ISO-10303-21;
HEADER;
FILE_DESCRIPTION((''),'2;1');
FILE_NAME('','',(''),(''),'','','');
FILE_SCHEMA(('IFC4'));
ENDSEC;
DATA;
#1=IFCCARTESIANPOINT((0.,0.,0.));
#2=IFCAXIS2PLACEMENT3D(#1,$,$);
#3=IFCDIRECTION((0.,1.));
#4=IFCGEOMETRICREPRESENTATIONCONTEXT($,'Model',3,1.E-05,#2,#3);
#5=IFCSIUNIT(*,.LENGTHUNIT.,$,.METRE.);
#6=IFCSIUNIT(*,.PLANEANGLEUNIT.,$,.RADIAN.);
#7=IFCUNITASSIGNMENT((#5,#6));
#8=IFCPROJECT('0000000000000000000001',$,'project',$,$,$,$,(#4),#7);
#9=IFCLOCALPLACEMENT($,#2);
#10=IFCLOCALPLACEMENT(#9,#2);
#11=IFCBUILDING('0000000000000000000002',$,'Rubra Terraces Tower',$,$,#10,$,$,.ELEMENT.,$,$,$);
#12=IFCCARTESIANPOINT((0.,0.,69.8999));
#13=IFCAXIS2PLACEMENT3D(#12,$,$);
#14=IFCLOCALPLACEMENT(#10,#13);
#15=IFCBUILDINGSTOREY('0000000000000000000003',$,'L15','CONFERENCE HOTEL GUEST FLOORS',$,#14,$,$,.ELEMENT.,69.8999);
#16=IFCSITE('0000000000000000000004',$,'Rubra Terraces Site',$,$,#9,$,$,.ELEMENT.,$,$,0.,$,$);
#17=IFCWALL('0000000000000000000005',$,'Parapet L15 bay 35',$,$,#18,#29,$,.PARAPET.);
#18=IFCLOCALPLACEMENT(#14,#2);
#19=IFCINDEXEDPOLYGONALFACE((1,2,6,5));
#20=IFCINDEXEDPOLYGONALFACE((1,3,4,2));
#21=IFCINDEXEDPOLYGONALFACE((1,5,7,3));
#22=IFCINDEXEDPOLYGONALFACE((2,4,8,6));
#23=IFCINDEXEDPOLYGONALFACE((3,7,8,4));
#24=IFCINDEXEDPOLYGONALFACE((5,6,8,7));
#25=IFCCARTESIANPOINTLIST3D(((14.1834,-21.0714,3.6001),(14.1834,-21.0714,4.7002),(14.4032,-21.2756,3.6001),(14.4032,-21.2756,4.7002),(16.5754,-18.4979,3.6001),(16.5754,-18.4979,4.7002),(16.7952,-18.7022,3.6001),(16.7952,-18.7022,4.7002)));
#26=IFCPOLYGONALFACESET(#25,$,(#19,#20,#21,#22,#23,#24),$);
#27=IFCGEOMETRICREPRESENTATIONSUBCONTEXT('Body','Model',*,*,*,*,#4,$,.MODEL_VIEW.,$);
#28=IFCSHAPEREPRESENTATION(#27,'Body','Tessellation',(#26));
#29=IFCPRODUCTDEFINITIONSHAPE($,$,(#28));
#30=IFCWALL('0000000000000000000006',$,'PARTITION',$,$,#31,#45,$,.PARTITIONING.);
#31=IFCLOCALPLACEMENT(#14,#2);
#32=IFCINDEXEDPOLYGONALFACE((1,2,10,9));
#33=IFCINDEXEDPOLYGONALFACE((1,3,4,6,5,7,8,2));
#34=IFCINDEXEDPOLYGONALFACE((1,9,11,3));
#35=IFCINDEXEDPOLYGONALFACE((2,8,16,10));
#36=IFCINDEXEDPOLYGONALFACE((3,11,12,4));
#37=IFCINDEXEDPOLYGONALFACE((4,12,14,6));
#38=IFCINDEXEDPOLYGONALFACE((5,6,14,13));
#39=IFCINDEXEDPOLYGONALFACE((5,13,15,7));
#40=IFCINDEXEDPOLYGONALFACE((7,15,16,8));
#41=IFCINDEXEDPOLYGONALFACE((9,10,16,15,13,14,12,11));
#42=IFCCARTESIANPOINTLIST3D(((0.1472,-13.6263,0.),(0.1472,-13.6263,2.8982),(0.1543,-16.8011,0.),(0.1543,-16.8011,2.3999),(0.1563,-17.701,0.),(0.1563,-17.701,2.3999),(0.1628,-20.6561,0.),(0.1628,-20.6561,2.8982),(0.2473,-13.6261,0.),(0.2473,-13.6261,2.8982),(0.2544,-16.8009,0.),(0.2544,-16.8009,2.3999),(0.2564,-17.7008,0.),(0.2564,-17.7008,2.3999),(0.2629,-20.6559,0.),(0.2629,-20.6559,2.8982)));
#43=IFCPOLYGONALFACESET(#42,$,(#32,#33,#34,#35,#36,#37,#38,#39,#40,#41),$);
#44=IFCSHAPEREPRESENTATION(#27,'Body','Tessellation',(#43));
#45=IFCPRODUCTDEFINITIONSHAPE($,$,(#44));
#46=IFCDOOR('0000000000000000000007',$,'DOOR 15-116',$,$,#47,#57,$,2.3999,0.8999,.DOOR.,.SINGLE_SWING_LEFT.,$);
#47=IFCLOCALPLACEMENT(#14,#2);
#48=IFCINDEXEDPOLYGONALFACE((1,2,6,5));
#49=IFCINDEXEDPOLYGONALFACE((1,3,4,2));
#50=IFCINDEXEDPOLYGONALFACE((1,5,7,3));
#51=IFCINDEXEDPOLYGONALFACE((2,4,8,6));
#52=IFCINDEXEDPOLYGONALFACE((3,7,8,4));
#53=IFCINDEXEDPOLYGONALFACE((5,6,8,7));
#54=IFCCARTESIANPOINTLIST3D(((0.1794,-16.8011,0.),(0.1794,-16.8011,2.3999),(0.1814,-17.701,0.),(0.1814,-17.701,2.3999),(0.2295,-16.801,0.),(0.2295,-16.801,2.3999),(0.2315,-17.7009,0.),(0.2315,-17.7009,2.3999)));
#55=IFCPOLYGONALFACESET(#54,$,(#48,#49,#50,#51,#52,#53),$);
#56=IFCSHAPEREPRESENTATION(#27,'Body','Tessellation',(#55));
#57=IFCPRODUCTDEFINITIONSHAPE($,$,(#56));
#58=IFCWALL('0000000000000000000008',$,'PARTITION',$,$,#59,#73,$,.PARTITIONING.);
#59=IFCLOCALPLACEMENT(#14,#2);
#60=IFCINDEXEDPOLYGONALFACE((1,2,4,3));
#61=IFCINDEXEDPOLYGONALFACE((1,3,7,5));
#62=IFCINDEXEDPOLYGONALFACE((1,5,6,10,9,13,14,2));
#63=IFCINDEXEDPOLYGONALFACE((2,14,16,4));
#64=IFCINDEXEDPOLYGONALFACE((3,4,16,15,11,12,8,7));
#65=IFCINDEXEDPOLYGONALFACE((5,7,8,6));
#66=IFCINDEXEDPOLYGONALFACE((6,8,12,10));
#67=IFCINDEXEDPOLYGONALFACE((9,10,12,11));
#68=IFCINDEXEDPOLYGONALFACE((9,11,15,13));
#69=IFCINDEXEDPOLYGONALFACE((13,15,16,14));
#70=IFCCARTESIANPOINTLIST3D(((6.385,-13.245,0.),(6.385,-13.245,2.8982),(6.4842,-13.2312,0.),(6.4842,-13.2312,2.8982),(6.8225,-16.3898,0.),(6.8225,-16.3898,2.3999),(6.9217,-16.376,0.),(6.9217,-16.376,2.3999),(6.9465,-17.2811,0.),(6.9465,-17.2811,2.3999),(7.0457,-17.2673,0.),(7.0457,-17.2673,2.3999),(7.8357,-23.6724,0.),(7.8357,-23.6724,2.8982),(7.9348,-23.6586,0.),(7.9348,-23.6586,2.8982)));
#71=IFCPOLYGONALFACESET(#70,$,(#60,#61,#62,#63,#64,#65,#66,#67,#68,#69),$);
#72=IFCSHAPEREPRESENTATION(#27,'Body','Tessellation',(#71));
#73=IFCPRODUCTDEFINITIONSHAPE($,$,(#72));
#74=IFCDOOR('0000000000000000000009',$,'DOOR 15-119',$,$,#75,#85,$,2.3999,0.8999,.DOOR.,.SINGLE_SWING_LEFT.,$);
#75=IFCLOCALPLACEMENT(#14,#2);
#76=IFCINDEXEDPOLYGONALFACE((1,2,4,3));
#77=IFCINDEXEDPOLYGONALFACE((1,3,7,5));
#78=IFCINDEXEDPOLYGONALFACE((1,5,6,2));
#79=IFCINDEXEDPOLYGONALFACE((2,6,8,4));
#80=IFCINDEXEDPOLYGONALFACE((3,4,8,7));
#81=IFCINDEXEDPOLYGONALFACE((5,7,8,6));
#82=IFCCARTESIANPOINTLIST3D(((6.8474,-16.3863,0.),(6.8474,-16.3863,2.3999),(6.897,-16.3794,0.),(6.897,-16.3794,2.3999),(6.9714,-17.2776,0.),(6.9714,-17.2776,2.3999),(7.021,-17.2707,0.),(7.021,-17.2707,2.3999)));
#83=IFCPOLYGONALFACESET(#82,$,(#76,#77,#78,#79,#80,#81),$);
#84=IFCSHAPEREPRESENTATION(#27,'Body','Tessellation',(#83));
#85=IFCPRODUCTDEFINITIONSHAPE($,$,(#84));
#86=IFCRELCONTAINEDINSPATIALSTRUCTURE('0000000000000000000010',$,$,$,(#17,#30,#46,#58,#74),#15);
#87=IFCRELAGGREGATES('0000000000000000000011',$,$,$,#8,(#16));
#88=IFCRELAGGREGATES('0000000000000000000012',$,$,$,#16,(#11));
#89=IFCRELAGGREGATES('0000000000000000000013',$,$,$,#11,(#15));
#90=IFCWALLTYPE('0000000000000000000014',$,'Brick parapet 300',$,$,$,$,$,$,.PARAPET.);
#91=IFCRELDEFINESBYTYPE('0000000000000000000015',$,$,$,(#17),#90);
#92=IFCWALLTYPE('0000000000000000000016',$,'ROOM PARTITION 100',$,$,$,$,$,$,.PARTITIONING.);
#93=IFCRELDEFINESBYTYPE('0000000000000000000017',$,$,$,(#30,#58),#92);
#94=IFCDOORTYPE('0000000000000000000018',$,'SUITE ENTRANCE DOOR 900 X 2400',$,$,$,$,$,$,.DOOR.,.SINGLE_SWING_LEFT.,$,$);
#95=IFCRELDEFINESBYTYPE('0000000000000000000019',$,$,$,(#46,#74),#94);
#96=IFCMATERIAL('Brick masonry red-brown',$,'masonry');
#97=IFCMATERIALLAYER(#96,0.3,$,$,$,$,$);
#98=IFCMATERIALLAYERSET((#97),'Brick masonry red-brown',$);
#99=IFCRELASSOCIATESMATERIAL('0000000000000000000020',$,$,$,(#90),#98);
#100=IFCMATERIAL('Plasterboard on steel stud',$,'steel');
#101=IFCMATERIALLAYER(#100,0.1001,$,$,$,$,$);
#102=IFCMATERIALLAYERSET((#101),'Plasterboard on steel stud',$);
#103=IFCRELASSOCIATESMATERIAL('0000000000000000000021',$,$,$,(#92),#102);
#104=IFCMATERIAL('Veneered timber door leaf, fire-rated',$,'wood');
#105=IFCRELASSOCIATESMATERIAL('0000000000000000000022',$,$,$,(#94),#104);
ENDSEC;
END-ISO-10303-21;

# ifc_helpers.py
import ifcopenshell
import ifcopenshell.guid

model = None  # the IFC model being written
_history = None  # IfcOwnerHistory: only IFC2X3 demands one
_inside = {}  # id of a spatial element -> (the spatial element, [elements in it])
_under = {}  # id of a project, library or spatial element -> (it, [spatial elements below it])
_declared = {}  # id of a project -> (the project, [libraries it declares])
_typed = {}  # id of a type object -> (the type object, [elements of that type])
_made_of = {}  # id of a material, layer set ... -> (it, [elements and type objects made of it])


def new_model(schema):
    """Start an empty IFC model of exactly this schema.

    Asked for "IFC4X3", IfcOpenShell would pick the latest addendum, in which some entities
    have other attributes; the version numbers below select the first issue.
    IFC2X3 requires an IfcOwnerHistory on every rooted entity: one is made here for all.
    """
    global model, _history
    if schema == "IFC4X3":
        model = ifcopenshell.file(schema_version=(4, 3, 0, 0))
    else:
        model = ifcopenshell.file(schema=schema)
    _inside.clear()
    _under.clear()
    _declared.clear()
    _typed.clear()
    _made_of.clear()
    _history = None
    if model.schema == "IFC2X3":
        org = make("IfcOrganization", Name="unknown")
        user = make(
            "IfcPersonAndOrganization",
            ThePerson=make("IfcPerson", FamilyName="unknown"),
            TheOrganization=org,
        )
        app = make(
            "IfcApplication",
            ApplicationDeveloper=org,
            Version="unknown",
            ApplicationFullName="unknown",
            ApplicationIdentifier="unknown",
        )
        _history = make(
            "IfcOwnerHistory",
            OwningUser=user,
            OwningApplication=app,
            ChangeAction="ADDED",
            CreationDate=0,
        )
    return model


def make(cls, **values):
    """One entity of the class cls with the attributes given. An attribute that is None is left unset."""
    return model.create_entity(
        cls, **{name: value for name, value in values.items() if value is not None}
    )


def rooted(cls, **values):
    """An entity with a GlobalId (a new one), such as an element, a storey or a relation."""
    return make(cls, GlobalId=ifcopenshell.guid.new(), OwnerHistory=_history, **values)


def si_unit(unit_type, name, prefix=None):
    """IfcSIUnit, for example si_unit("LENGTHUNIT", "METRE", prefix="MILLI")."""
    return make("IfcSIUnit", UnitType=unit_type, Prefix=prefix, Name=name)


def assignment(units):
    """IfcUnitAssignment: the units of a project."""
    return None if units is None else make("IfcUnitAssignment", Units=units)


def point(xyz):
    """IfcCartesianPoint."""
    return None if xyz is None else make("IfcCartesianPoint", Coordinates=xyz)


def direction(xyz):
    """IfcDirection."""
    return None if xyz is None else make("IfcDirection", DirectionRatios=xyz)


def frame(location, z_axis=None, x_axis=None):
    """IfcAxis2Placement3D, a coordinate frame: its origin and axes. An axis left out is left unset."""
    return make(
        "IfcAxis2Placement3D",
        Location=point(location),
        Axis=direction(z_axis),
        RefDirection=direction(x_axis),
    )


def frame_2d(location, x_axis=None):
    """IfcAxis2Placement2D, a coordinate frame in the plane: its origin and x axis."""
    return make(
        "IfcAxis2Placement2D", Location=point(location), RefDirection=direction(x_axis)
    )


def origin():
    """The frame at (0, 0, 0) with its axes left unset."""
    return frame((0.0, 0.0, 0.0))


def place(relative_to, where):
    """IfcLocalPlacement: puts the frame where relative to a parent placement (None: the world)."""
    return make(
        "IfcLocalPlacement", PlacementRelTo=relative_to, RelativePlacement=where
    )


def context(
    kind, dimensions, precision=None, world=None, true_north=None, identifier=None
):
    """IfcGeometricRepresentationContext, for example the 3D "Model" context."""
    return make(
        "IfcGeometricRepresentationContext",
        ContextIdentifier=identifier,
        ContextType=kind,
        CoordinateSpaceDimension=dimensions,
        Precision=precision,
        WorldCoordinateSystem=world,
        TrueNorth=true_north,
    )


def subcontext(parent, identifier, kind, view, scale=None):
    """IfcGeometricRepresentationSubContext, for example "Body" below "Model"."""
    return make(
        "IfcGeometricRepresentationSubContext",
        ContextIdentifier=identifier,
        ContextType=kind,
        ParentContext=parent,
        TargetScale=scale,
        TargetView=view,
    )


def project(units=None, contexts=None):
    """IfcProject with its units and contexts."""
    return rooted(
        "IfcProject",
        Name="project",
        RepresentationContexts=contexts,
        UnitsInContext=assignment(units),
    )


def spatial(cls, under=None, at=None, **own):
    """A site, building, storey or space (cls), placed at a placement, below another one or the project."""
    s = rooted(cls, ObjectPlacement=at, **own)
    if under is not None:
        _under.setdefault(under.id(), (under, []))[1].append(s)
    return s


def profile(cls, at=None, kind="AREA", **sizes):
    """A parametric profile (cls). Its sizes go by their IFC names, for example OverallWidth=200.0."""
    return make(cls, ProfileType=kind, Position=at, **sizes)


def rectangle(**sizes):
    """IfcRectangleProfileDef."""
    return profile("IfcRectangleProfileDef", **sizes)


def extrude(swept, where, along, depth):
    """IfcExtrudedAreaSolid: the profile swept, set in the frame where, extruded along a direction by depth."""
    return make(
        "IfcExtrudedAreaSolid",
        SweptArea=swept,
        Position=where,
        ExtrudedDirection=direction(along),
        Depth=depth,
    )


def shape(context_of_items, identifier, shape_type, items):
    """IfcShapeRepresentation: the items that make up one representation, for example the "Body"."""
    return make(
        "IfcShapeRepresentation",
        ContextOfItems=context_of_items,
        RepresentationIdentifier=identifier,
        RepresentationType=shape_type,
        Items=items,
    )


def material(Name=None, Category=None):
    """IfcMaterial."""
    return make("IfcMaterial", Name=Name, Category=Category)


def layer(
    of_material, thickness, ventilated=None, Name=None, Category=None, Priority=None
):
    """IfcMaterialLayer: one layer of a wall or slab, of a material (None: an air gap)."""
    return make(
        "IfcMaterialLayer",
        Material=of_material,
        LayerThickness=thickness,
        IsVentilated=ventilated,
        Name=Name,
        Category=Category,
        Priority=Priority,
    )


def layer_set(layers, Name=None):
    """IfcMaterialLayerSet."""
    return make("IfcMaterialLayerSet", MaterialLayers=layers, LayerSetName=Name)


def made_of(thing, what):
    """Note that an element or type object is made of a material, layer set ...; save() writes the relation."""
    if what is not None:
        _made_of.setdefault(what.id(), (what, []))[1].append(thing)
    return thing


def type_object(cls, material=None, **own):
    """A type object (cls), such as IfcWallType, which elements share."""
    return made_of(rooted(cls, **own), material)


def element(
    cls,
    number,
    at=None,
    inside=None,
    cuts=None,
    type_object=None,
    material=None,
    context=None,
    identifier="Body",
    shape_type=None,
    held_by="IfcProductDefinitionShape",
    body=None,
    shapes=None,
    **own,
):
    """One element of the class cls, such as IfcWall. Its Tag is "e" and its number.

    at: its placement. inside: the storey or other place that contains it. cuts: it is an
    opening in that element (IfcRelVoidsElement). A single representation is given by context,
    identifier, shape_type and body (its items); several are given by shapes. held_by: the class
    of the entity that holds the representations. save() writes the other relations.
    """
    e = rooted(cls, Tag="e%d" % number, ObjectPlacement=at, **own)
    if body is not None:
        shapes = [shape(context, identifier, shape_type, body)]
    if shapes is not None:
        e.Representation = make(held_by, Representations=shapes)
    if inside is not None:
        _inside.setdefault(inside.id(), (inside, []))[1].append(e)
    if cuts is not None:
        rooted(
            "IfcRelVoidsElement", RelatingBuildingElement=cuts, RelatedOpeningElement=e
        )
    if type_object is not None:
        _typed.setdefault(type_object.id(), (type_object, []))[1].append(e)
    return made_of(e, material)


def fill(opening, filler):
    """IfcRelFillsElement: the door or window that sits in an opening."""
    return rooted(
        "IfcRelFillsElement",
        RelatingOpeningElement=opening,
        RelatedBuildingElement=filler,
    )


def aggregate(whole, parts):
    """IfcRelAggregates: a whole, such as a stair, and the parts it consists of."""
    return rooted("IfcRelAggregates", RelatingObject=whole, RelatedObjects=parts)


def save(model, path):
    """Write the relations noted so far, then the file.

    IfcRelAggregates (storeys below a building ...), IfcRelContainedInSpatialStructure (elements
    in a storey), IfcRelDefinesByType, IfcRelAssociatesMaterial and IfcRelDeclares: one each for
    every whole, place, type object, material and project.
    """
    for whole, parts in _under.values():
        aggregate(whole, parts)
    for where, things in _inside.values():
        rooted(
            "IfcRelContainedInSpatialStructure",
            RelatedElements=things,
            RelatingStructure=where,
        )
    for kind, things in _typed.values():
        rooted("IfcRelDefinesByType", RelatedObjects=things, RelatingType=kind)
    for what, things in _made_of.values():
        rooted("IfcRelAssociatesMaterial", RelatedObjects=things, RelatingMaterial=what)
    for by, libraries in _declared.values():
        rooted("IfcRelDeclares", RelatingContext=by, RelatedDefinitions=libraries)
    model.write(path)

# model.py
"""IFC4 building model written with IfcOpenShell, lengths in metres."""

from ifc_helpers import new_model, si_unit, direction, frame, frame_2d, origin, place, context, subcontext, project, spatial, rectangle, extrude, material, layer, layer_set, type_object, element, fill, save


model = new_model("IFC4")

# Units and contexts
model_context = context("Model", 3, precision=1e-05, world=origin(), true_north=direction((0.0, 1.0)))
body_context = subcontext(model_context, "Body", "Model", "MODEL_VIEW")
ifc_project = project(units=[si_unit("LENGTHUNIT", "METRE"), si_unit("PLANEANGLEUNIT", "RADIAN")], contexts=[model_context])

# Site, building, storey
site_placement = place(None, origin())
site = spatial("IfcSite", under=ifc_project, at=site_placement, Name="Rubra Terraces Site", CompositionType="ELEMENT", RefElevation=0.0)
building_placement = place(site_placement, origin())
building = spatial("IfcBuilding", under=site, at=building_placement, Name="Rubra Terraces Tower", CompositionType="ELEMENT")
storey_placement = place(building_placement, frame((0.0, 0.0, 69.8999)))
storey = spatial("IfcBuildingStorey", under=building, at=storey_placement, Name="L15", Description="CONFERENCE HOTEL GUEST FLOORS", CompositionType="ELEMENT", Elevation=69.8999)

# Shared definitions
ifc_material_1 = material(Name="Brick masonry red-brown", Category="masonry")

# Wall
ifc_layer_1 = layer(ifc_material_1, 0.3)
ifc_layer_set_1 = layer_set([ifc_layer_1], Name="Brick masonry red-brown")
wall_type_1 = type_object("IfcWallType", Name="Brick parapet 300", PredefinedType="PARAPET", material=ifc_layer_set_1)
wall_1_placement = place(storey_placement, frame((14.2932, -21.1736, 3.6001), z_axis=(0.0, 0.0, 1.0), x_axis=(0.680821, 0.732449, 0.0)))
element("IfcWall", 1, at=wall_1_placement, inside=storey, type_object=wall_type_1, Name="Parapet L15 bay 35", PredefinedType="PARAPET", context=body_context, shape_type="SweptSolid", body=[
    extrude(rectangle(XDim=3.5134, YDim=0.3, at=frame_2d((1.7568, 0.0))), origin(), (0.0, 0.0, 1.0), 1.1001),
])

# Walls, openings, doors
ifc_material_2 = material(Name="Plasterboard on steel stud", Category="steel")
ifc_layer_2 = layer(ifc_material_2, 0.1001)
ifc_layer_set_2 = layer_set([ifc_layer_2], Name="Plasterboard on steel stud")
wall_type_2 = type_object("IfcWallType", Name="ROOM PARTITION 100", PredefinedType="PARTITIONING", material=ifc_layer_set_2)
wall_2_placement = place(storey_placement, frame((0.2129, -20.656, 0.0), z_axis=(0.0, 0.0, 1.0), x_axis=(-0.002223, 0.999998, 0.0)))
wall_2 = element("IfcWall", 2, at=wall_2_placement, inside=storey, type_object=wall_type_2, Name="PARTITION", PredefinedType="PARTITIONING", context=body_context, shape_type="SweptSolid", body=[
    extrude(rectangle(XDim=7.0298, YDim=0.1001, at=frame_2d((3.5149, 0.0))), origin(), (0.0, 0.0, 1.0), 2.8982),
])
opening_1_placement = place(wall_2_placement, frame((2.9551, 0.0, 0.0)))
opening_1 = element("IfcOpeningElement", 3, at=opening_1_placement, cuts=wall_2, PredefinedType="OPENING", context=body_context, shape_type="SweptSolid", body=[
    extrude(rectangle(XDim=0.8999, YDim=2.3999, at=frame_2d((0.45, 1.2))), frame((0.0, 0.0601, 0.0), z_axis=(0.0, -1.0, 0.0), x_axis=(1.0, 0.0, 0.0)), (0.0, 0.0, 1.0), 0.1201),
])
ifc_material_3 = material(Name="Veneered timber door leaf, fire-rated", Category="wood")
door_type = type_object("IfcDoorType", Name="SUITE ENTRANCE DOOR 900 X 2400", OperationType="SINGLE_SWING_LEFT", PredefinedType="DOOR", material=ifc_material_3)
door_1_placement = place(opening_1_placement, origin())
door_1 = element("IfcDoor", 4, at=door_1_placement, inside=storey, type_object=door_type, Name="DOOR 15-116", OperationType="SINGLE_SWING_LEFT", OverallHeight=2.3999, OverallWidth=0.8999, PredefinedType="DOOR", context=body_context, shape_type="SweptSolid", body=[
    extrude(rectangle(XDim=0.8999, YDim=2.3999, at=frame_2d((0.45, 1.2))), frame((0.0, 0.0249, 0.0), z_axis=(0.0, -1.0, 0.0), x_axis=(1.0, 0.0, 0.0)), (0.0, 0.0, 1.0), 0.05),
])
fill(opening_1, door_1)
wall_3_placement = place(storey_placement, frame((7.8853, -23.6655, 0.0), z_axis=(0.0, 0.0, 1.0), x_axis=(-0.137794, 0.990461, 0.0)))
wall_3 = element("IfcWall", 5, at=wall_3_placement, inside=storey, type_object=wall_type_2, Name="PARTITION", PredefinedType="PARTITIONING", context=body_context, shape_type="SweptSolid", body=[
    extrude(rectangle(XDim=10.5278, YDim=0.1001, at=frame_2d((5.2639, 0.0))), origin(), (0.0, 0.0, 1.0), 2.8982),
])
opening_2_placement = place(wall_3_placement, frame((6.4529, 0.0, 0.0)))
opening_2 = element("IfcOpeningElement", 6, at=opening_2_placement, cuts=wall_3, PredefinedType="OPENING", context=body_context, shape_type="SweptSolid", body=[
    extrude(rectangle(XDim=0.8999, YDim=2.3999, at=frame_2d((0.45, 1.2))), frame((0.0, 0.0601, 0.0), z_axis=(0.0, -1.0, 0.0), x_axis=(1.0, 0.0, 0.0)), (0.0, 0.0, 1.0), 0.1201),
])
door_2_placement = place(opening_2_placement, origin())
door_2 = element("IfcDoor", 7, at=door_2_placement, inside=storey, type_object=door_type, Name="DOOR 15-119", OperationType="SINGLE_SWING_LEFT", OverallHeight=2.3999, OverallWidth=0.8999, PredefinedType="DOOR", context=body_context, shape_type="SweptSolid", body=[
    extrude(rectangle(XDim=0.8999, YDim=2.3999, at=frame_2d((0.45, 1.2))), frame((0.0, 0.0249, 0.0), z_axis=(0.0, -1.0, 0.0), x_axis=(1.0, 0.0, 0.0)), (0.0, 0.0, 1.0), 0.05),
])
fill(opening_2, door_2)

save(model, "model.ifc")
